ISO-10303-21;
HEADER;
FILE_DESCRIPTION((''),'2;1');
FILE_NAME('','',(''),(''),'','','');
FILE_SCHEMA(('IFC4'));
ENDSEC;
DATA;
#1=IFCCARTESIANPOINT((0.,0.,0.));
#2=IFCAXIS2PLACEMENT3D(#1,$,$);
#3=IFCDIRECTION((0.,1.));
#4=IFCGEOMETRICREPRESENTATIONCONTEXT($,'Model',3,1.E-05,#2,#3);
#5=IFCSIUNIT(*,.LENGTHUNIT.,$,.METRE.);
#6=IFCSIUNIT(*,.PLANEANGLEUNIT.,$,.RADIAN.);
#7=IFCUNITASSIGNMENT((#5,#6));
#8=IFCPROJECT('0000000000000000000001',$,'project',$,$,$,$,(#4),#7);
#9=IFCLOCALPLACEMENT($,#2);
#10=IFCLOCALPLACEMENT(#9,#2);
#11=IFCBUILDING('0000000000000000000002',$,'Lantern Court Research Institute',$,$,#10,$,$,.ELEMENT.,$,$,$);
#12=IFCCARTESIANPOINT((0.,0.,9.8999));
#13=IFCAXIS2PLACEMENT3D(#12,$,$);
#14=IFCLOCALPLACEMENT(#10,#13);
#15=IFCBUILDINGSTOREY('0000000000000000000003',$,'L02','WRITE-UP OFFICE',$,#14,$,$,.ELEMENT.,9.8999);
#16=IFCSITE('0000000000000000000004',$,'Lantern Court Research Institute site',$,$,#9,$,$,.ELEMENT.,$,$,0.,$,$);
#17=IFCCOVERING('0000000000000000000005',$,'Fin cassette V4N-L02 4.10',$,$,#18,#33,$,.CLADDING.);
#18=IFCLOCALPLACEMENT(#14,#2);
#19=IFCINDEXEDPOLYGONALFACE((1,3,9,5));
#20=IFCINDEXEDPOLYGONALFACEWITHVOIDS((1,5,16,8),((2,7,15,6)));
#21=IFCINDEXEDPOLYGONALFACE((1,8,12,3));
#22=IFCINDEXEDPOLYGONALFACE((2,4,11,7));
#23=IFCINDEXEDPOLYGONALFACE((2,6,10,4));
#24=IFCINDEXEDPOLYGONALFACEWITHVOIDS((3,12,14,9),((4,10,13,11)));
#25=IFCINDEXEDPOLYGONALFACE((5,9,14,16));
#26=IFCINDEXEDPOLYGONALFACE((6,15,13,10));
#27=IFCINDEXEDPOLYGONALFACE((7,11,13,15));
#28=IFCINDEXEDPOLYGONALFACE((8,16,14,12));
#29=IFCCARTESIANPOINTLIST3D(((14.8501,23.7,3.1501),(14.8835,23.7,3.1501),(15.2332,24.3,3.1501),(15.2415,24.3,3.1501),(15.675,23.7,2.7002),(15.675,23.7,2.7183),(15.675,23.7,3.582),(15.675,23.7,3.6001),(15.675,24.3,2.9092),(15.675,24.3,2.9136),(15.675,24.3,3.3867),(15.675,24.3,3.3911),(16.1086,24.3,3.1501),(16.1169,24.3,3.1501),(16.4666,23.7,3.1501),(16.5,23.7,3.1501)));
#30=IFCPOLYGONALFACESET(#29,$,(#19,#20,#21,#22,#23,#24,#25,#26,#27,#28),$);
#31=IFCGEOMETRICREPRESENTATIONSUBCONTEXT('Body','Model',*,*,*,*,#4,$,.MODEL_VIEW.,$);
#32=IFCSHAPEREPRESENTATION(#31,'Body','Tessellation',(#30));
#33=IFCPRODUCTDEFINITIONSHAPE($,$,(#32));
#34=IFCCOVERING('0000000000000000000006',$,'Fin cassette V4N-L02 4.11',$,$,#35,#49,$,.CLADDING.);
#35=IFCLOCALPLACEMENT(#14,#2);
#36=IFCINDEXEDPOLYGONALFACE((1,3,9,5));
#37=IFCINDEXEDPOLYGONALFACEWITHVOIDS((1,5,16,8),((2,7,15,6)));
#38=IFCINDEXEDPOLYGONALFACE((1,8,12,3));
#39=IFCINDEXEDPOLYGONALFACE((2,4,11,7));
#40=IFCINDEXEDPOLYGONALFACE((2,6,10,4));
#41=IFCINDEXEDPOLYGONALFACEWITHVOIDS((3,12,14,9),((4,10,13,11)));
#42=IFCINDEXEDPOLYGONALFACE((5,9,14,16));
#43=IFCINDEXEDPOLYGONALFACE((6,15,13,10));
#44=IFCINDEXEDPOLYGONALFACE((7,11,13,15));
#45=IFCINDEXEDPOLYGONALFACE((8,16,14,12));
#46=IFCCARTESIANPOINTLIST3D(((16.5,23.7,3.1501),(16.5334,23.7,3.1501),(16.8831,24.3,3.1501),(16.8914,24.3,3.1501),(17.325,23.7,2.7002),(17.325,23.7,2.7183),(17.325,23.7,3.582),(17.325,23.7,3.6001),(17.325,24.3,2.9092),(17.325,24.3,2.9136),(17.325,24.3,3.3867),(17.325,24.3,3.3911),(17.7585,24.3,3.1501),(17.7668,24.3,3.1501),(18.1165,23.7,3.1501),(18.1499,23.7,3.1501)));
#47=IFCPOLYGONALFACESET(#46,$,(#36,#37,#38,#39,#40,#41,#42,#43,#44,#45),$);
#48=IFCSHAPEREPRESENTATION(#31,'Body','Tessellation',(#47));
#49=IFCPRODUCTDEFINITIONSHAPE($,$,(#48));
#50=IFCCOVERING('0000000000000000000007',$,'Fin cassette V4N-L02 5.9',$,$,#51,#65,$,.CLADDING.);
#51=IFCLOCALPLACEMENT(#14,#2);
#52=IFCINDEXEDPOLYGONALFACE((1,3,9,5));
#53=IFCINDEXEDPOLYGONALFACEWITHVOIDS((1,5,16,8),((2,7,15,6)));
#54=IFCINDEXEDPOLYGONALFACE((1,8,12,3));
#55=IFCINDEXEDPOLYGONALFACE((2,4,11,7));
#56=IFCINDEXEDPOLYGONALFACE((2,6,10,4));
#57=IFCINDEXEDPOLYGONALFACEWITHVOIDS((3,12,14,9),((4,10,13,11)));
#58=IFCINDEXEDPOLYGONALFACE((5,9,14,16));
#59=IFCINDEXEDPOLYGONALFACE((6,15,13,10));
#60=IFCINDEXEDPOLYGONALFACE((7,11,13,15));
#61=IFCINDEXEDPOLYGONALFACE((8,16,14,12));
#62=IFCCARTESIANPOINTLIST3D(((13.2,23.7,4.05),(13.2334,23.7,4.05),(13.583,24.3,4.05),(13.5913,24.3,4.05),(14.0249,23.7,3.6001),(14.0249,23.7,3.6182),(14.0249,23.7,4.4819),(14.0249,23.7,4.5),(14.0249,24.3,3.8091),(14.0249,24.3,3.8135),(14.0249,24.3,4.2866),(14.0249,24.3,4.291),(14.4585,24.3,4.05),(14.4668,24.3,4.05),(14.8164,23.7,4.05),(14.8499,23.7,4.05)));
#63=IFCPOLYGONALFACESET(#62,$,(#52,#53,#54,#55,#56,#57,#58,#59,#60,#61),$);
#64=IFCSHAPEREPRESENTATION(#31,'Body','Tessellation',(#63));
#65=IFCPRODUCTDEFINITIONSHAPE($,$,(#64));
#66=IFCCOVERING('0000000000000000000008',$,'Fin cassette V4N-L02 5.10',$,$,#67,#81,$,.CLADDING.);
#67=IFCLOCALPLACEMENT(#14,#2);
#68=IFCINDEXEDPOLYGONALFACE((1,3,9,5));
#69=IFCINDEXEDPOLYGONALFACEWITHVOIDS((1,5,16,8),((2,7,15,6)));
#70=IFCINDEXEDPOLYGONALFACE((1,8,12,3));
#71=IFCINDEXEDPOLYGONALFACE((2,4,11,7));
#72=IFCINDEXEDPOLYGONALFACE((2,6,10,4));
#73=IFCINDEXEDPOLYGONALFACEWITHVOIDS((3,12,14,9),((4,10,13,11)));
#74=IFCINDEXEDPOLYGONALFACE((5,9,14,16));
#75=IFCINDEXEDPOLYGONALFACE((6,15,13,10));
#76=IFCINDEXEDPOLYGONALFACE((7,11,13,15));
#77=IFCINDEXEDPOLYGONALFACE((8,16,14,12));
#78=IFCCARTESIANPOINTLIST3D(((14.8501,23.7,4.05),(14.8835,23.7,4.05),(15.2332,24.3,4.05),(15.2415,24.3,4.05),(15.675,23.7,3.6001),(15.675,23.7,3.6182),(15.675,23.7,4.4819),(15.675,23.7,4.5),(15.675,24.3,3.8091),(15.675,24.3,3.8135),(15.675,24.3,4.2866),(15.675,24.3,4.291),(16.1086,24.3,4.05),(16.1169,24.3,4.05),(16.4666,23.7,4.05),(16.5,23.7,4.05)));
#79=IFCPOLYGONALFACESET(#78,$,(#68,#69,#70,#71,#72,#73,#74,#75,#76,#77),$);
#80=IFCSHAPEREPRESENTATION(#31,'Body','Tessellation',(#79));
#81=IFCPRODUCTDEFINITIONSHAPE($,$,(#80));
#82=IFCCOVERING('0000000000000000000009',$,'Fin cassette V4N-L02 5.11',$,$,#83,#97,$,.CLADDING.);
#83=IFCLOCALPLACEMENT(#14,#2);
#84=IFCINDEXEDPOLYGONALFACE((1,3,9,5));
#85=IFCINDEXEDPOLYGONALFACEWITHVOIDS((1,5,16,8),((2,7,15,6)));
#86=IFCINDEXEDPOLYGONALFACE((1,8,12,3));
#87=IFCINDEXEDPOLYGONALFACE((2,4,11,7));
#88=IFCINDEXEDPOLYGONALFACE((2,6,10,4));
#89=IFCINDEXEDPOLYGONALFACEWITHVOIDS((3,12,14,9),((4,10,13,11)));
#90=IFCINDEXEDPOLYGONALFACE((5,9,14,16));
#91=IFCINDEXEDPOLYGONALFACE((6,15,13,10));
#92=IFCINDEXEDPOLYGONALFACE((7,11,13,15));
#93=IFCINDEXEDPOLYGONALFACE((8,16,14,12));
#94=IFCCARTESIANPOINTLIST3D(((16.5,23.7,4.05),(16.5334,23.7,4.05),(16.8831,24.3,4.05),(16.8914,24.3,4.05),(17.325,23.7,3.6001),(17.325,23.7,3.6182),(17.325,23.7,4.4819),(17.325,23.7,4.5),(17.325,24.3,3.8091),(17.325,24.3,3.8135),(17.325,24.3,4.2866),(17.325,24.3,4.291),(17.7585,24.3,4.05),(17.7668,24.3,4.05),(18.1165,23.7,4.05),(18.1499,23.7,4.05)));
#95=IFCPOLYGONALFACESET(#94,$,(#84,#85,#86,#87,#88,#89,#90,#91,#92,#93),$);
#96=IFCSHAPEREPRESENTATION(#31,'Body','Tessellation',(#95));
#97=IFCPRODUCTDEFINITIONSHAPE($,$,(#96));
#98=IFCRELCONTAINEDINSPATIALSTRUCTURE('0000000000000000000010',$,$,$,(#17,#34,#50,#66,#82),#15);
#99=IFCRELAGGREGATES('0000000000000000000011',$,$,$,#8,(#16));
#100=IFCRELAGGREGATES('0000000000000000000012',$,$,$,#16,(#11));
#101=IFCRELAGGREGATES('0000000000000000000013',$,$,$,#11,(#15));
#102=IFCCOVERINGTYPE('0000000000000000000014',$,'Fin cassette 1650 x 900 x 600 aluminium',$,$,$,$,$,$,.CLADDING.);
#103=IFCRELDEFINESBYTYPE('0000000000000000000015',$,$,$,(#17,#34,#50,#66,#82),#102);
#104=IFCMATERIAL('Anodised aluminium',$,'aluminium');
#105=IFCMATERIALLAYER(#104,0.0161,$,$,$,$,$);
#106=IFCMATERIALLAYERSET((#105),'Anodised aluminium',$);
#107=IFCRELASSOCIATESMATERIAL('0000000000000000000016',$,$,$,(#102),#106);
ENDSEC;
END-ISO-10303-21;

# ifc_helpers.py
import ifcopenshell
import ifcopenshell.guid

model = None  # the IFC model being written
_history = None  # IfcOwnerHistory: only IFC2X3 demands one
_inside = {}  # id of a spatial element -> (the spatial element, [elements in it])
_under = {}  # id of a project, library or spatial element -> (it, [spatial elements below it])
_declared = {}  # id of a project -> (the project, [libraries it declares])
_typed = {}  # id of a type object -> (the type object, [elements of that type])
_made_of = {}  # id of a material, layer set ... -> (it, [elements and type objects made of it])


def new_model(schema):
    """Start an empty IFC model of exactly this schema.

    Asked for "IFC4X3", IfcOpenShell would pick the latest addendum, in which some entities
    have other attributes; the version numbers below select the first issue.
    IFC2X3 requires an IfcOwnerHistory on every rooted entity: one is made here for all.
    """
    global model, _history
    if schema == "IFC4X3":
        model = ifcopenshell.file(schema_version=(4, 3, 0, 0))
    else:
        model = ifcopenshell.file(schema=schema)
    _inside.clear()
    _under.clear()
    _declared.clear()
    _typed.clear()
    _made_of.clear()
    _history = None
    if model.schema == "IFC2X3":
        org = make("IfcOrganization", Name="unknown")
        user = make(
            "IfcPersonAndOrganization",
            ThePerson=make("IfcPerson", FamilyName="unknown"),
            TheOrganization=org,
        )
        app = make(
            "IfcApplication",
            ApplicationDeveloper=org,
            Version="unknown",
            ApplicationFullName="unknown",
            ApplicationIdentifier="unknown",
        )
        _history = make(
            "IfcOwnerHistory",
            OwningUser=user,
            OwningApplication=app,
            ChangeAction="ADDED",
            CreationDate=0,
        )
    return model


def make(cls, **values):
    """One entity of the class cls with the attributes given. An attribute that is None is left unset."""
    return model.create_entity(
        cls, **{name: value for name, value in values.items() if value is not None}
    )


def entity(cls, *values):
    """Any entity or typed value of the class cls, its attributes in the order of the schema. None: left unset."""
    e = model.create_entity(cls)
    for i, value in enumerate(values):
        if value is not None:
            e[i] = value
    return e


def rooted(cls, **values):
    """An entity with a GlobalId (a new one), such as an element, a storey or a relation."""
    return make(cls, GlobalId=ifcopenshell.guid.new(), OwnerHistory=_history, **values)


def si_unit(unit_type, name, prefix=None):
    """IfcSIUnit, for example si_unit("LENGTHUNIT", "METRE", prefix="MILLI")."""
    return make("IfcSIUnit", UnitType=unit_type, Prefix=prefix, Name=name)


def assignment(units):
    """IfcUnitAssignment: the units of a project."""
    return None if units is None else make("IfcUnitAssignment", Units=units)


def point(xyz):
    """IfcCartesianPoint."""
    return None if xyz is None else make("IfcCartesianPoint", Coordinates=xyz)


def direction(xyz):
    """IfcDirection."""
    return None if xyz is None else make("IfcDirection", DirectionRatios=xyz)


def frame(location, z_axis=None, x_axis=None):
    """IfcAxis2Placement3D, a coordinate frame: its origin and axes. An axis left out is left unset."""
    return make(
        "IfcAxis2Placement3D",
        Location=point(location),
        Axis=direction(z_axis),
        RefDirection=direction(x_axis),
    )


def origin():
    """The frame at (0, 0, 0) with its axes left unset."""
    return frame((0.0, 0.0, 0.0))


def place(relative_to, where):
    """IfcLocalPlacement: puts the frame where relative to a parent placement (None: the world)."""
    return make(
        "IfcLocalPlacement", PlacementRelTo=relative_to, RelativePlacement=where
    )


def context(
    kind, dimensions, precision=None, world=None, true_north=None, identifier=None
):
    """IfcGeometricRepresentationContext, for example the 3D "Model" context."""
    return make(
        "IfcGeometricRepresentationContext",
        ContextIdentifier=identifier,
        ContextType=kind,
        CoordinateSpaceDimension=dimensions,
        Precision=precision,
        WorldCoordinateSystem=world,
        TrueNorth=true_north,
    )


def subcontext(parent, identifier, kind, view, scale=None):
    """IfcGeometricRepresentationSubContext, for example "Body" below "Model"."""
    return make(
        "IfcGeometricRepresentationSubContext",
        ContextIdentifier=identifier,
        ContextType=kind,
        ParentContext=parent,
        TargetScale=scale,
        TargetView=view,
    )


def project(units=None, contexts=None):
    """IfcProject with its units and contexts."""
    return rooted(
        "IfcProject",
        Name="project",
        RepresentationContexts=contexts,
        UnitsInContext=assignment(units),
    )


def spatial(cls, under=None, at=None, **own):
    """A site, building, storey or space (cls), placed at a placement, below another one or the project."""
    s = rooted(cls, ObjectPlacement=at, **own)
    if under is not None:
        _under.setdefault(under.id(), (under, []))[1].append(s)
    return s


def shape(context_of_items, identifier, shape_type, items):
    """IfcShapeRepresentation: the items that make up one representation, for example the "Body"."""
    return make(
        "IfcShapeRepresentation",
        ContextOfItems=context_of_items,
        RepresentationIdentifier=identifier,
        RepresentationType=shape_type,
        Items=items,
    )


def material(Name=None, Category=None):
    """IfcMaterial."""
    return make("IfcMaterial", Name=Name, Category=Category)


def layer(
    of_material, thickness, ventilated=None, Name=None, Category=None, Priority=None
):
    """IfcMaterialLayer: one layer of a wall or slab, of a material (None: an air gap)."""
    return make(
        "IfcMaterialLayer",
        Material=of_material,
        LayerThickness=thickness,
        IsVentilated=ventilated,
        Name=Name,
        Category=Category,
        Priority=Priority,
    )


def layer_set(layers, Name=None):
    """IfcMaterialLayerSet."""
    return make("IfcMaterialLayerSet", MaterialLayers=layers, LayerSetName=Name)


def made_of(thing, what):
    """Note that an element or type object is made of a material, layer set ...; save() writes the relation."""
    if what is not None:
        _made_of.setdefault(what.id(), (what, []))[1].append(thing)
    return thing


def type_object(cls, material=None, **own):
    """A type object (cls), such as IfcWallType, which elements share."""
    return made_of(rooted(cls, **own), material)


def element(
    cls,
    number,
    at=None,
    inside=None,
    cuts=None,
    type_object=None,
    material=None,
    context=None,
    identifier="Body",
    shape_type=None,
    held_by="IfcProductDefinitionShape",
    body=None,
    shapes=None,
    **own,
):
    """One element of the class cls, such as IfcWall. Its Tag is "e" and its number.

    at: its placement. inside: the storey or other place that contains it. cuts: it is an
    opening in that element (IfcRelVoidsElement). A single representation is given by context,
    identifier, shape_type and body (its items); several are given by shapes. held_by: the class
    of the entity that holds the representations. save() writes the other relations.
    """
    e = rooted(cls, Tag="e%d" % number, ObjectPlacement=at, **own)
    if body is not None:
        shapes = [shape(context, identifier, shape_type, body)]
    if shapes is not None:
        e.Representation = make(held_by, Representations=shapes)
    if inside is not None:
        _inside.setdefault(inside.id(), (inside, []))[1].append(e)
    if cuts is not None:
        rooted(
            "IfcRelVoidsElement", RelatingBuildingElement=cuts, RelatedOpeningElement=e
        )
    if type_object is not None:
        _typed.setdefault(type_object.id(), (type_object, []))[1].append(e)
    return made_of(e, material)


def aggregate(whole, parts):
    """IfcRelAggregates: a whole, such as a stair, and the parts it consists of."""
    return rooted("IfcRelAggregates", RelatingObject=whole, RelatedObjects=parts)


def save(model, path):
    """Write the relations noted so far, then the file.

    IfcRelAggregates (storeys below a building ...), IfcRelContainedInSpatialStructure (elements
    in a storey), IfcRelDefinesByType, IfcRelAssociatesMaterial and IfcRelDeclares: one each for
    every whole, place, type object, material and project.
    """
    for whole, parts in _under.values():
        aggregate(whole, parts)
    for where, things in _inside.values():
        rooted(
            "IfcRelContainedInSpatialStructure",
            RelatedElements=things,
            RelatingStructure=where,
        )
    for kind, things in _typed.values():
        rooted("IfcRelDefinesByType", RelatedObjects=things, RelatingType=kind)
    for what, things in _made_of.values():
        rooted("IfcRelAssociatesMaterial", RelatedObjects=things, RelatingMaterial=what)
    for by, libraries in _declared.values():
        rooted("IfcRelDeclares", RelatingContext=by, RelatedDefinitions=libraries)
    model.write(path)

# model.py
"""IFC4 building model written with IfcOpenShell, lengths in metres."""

from ifc_helpers import new_model, entity, si_unit, direction, frame, origin, place, context, subcontext, project, spatial, material, layer, layer_set, type_object, element, save


model = new_model("IFC4")

# Units and contexts
model_context = context("Model", 3, precision=1e-05, world=origin(), true_north=direction((0.0, 1.0)))
body_context = subcontext(model_context, "Body", "Model", "MODEL_VIEW")
ifc_project = project(units=[si_unit("LENGTHUNIT", "METRE"), si_unit("PLANEANGLEUNIT", "RADIAN")], contexts=[model_context])

# Site, building, storey
site_placement = place(None, origin())
site = spatial("IfcSite", under=ifc_project, at=site_placement, Name="Lantern Court Research Institute site", CompositionType="ELEMENT", RefElevation=0.0)
building_placement = place(site_placement, origin())
building = spatial("IfcBuilding", under=site, at=building_placement, Name="Lantern Court Research Institute", CompositionType="ELEMENT")
storey_placement = place(building_placement, frame((0.0, 0.0, 9.8999)))
storey = spatial("IfcBuildingStorey", under=building, at=storey_placement, Name="L02", Description="WRITE-UP OFFICE", CompositionType="ELEMENT", Elevation=9.8999)

# Coverings
ifc_material_1 = material(Name="Anodised aluminium", Category="aluminium")
ifc_layer_1 = layer(ifc_material_1, 0.0161)
ifc_layer_set_1 = layer_set([ifc_layer_1], Name="Anodised aluminium")
covering_type = type_object("IfcCoveringType", Name="Fin cassette 1650 x 900 x 600 aluminium", PredefinedType="CLADDING", material=ifc_layer_set_1)
covering_1_placement = place(storey_placement, frame((15.675, 23.7, 3.1501), z_axis=(0.0, 1.0, 0.0), x_axis=(-1.0, 0.0, 0.0)))
cartesian_point_1 = entity("IfcCartesianPoint", [0.825, 0.0])
cartesian_point_2 = entity("IfcCartesianPoint", [0.7915, 0.0])
cartesian_point_3 = entity("IfcCartesianPoint", [0.4419, 0.0])
cartesian_point_4 = entity("IfcCartesianPoint", [0.4336, 0.0])
element("IfcCovering", 1, at=covering_1_placement, inside=storey, type_object=covering_type, Name="Fin cassette V4N-L02 4.10", PredefinedType="CLADDING", context=body_context, shape_type="SweptSolid", body=[
    entity("IfcExtrudedAreaSolidTapered", entity("IfcArbitraryProfileDefWithVoids", "AREA", None, entity("IfcPolyline", [cartesian_point_1, entity("IfcCartesianPoint", [0.0, 0.45]), entity("IfcCartesianPoint", [-0.825, 0.0]), entity("IfcCartesianPoint", [0.0, -0.45]), cartesian_point_1]), [entity("IfcPolyline", [cartesian_point_2, entity("IfcCartesianPoint", [0.0, 0.4319]), entity("IfcCartesianPoint", [-0.7915, 0.0]), entity("IfcCartesianPoint", [0.0, -0.4319]), cartesian_point_2])]), entity("IfcAxis2Placement3D", entity("IfcCartesianPoint", [0.0, 0.0, 0.0])), entity("IfcDirection", [0.0, 0.0, 1.0]), 0.6001, entity("IfcArbitraryProfileDefWithVoids", "AREA", None, entity("IfcPolyline", [cartesian_point_3, entity("IfcCartesianPoint", [0.0, 0.241]), entity("IfcCartesianPoint", [-0.4419, 0.0]), entity("IfcCartesianPoint", [0.0, -0.241]), cartesian_point_3]), [entity("IfcPolyline", [cartesian_point_4, entity("IfcCartesianPoint", [0.0, 0.2366]), entity("IfcCartesianPoint", [-0.4336, 0.0]), entity("IfcCartesianPoint", [0.0, -0.2366]), cartesian_point_4])])),
])
covering_2_placement = place(storey_placement, frame((17.325, 23.7, 3.1501), z_axis=(0.0, 1.0, 0.0), x_axis=(-1.0, 0.0, 0.0)))
cartesian_point_5 = entity("IfcCartesianPoint", [0.825, 0.0])
cartesian_point_6 = entity("IfcCartesianPoint", [0.7915, 0.0])
cartesian_point_7 = entity("IfcCartesianPoint", [0.4419, 0.0])
cartesian_point_8 = entity("IfcCartesianPoint", [0.4336, 0.0])
element("IfcCovering", 2, at=covering_2_placement, inside=storey, type_object=covering_type, Name="Fin cassette V4N-L02 4.11", PredefinedType="CLADDING", context=body_context, shape_type="SweptSolid", body=[
    entity("IfcExtrudedAreaSolidTapered", entity("IfcArbitraryProfileDefWithVoids", "AREA", None, entity("IfcPolyline", [cartesian_point_5, entity("IfcCartesianPoint", [0.0, 0.45]), entity("IfcCartesianPoint", [-0.825, 0.0]), entity("IfcCartesianPoint", [0.0, -0.45]), cartesian_point_5]), [entity("IfcPolyline", [cartesian_point_6, entity("IfcCartesianPoint", [0.0, 0.4319]), entity("IfcCartesianPoint", [-0.7915, 0.0]), entity("IfcCartesianPoint", [0.0, -0.4319]), cartesian_point_6])]), entity("IfcAxis2Placement3D", entity("IfcCartesianPoint", [0.0, 0.0, 0.0])), entity("IfcDirection", [0.0, 0.0, 1.0]), 0.6001, entity("IfcArbitraryProfileDefWithVoids", "AREA", None, entity("IfcPolyline", [cartesian_point_7, entity("IfcCartesianPoint", [0.0, 0.241]), entity("IfcCartesianPoint", [-0.4419, 0.0]), entity("IfcCartesianPoint", [0.0, -0.241]), cartesian_point_7]), [entity("IfcPolyline", [cartesian_point_8, entity("IfcCartesianPoint", [0.0, 0.2366]), entity("IfcCartesianPoint", [-0.4336, 0.0]), entity("IfcCartesianPoint", [0.0, -0.2366]), cartesian_point_8])])),
])
covering_3_placement = place(storey_placement, frame((14.0249, 23.7, 4.05), z_axis=(0.0, 1.0, 0.0), x_axis=(-1.0, 0.0, 0.0)))
cartesian_point_9 = entity("IfcCartesianPoint", [0.825, 0.0])
cartesian_point_10 = entity("IfcCartesianPoint", [0.7915, 0.0])
cartesian_point_11 = entity("IfcCartesianPoint", [0.4419, 0.0])
cartesian_point_12 = entity("IfcCartesianPoint", [0.4336, 0.0])
element("IfcCovering", 3, at=covering_3_placement, inside=storey, type_object=covering_type, Name="Fin cassette V4N-L02 5.9", PredefinedType="CLADDING", context=body_context, shape_type="SweptSolid", body=[
    entity("IfcExtrudedAreaSolidTapered", entity("IfcArbitraryProfileDefWithVoids", "AREA", None, entity("IfcPolyline", [cartesian_point_9, entity("IfcCartesianPoint", [0.0, 0.45]), entity("IfcCartesianPoint", [-0.825, 0.0]), entity("IfcCartesianPoint", [0.0, -0.45]), cartesian_point_9]), [entity("IfcPolyline", [cartesian_point_10, entity("IfcCartesianPoint", [0.0, 0.4319]), entity("IfcCartesianPoint", [-0.7915, 0.0]), entity("IfcCartesianPoint", [0.0, -0.4319]), cartesian_point_10])]), entity("IfcAxis2Placement3D", entity("IfcCartesianPoint", [0.0, 0.0, 0.0])), entity("IfcDirection", [0.0, 0.0, 1.0]), 0.6001, entity("IfcArbitraryProfileDefWithVoids", "AREA", None, entity("IfcPolyline", [cartesian_point_11, entity("IfcCartesianPoint", [0.0, 0.241]), entity("IfcCartesianPoint", [-0.4419, 0.0]), entity("IfcCartesianPoint", [0.0, -0.241]), cartesian_point_11]), [entity("IfcPolyline", [cartesian_point_12, entity("IfcCartesianPoint", [0.0, 0.2366]), entity("IfcCartesianPoint", [-0.4336, 0.0]), entity("IfcCartesianPoint", [0.0, -0.2366]), cartesian_point_12])])),
])
covering_4_placement = place(storey_placement, frame((15.675, 23.7, 4.05), z_axis=(0.0, 1.0, 0.0), x_axis=(-1.0, 0.0, 0.0)))
cartesian_point_13 = entity("IfcCartesianPoint", [0.825, 0.0])
cartesian_point_14 = entity("IfcCartesianPoint", [0.7915, 0.0])
cartesian_point_15 = entity("IfcCartesianPoint", [0.4419, 0.0])
cartesian_point_16 = entity("IfcCartesianPoint", [0.4336, 0.0])
element("IfcCovering", 4, at=covering_4_placement, inside=storey, type_object=covering_type, Name="Fin cassette V4N-L02 5.10", PredefinedType="CLADDING", context=body_context, shape_type="SweptSolid", body=[
    entity("IfcExtrudedAreaSolidTapered", entity("IfcArbitraryProfileDefWithVoids", "AREA", None, entity("IfcPolyline", [cartesian_point_13, entity("IfcCartesianPoint", [0.0, 0.45]), entity("IfcCartesianPoint", [-0.825, 0.0]), entity("IfcCartesianPoint", [0.0, -0.45]), cartesian_point_13]), [entity("IfcPolyline", [cartesian_point_14, entity("IfcCartesianPoint", [0.0, 0.4319]), entity("IfcCartesianPoint", [-0.7915, 0.0]), entity("IfcCartesianPoint", [0.0, -0.4319]), cartesian_point_14])]), entity("IfcAxis2Placement3D", entity("IfcCartesianPoint", [0.0, 0.0, 0.0])), entity("IfcDirection", [0.0, 0.0, 1.0]), 0.6001, entity("IfcArbitraryProfileDefWithVoids", "AREA", None, entity("IfcPolyline", [cartesian_point_15, entity("IfcCartesianPoint", [0.0, 0.241]), entity("IfcCartesianPoint", [-0.4419, 0.0]), entity("IfcCartesianPoint", [0.0, -0.241]), cartesian_point_15]), [entity("IfcPolyline", [cartesian_point_16, entity("IfcCartesianPoint", [0.0, 0.2366]), entity("IfcCartesianPoint", [-0.4336, 0.0]), entity("IfcCartesianPoint", [0.0, -0.2366]), cartesian_point_16])])),
])
covering_5_placement = place(storey_placement, frame((17.325, 23.7, 4.05), z_axis=(0.0, 1.0, 0.0), x_axis=(-1.0, 0.0, 0.0)))
cartesian_point_17 = entity("IfcCartesianPoint", [0.825, 0.0])
cartesian_point_18 = entity("IfcCartesianPoint", [0.7915, 0.0])
cartesian_point_19 = entity("IfcCartesianPoint", [0.4419, 0.0])
cartesian_point_20 = entity("IfcCartesianPoint", [0.4336, 0.0])
element("IfcCovering", 5, at=covering_5_placement, inside=storey, type_object=covering_type, Name="Fin cassette V4N-L02 5.11", PredefinedType="CLADDING", context=body_context, shape_type="SweptSolid", body=[
    entity("IfcExtrudedAreaSolidTapered", entity("IfcArbitraryProfileDefWithVoids", "AREA", None, entity("IfcPolyline", [cartesian_point_17, entity("IfcCartesianPoint", [0.0, 0.45]), entity("IfcCartesianPoint", [-0.825, 0.0]), entity("IfcCartesianPoint", [0.0, -0.45]), cartesian_point_17]), [entity("IfcPolyline", [cartesian_point_18, entity("IfcCartesianPoint", [0.0, 0.4319]), entity("IfcCartesianPoint", [-0.7915, 0.0]), entity("IfcCartesianPoint", [0.0, -0.4319]), cartesian_point_18])]), entity("IfcAxis2Placement3D", entity("IfcCartesianPoint", [0.0, 0.0, 0.0])), entity("IfcDirection", [0.0, 0.0, 1.0]), 0.6001, entity("IfcArbitraryProfileDefWithVoids", "AREA", None, entity("IfcPolyline", [cartesian_point_19, entity("IfcCartesianPoint", [0.0, 0.241]), entity("IfcCartesianPoint", [-0.4419, 0.0]), entity("IfcCartesianPoint", [0.0, -0.241]), cartesian_point_19]), [entity("IfcPolyline", [cartesian_point_20, entity("IfcCartesianPoint", [0.0, 0.2366]), entity("IfcCartesianPoint", [-0.4336, 0.0]), entity("IfcCartesianPoint", [0.0, -0.2366]), cartesian_point_20])])),
])

save(model, "model.ifc")
